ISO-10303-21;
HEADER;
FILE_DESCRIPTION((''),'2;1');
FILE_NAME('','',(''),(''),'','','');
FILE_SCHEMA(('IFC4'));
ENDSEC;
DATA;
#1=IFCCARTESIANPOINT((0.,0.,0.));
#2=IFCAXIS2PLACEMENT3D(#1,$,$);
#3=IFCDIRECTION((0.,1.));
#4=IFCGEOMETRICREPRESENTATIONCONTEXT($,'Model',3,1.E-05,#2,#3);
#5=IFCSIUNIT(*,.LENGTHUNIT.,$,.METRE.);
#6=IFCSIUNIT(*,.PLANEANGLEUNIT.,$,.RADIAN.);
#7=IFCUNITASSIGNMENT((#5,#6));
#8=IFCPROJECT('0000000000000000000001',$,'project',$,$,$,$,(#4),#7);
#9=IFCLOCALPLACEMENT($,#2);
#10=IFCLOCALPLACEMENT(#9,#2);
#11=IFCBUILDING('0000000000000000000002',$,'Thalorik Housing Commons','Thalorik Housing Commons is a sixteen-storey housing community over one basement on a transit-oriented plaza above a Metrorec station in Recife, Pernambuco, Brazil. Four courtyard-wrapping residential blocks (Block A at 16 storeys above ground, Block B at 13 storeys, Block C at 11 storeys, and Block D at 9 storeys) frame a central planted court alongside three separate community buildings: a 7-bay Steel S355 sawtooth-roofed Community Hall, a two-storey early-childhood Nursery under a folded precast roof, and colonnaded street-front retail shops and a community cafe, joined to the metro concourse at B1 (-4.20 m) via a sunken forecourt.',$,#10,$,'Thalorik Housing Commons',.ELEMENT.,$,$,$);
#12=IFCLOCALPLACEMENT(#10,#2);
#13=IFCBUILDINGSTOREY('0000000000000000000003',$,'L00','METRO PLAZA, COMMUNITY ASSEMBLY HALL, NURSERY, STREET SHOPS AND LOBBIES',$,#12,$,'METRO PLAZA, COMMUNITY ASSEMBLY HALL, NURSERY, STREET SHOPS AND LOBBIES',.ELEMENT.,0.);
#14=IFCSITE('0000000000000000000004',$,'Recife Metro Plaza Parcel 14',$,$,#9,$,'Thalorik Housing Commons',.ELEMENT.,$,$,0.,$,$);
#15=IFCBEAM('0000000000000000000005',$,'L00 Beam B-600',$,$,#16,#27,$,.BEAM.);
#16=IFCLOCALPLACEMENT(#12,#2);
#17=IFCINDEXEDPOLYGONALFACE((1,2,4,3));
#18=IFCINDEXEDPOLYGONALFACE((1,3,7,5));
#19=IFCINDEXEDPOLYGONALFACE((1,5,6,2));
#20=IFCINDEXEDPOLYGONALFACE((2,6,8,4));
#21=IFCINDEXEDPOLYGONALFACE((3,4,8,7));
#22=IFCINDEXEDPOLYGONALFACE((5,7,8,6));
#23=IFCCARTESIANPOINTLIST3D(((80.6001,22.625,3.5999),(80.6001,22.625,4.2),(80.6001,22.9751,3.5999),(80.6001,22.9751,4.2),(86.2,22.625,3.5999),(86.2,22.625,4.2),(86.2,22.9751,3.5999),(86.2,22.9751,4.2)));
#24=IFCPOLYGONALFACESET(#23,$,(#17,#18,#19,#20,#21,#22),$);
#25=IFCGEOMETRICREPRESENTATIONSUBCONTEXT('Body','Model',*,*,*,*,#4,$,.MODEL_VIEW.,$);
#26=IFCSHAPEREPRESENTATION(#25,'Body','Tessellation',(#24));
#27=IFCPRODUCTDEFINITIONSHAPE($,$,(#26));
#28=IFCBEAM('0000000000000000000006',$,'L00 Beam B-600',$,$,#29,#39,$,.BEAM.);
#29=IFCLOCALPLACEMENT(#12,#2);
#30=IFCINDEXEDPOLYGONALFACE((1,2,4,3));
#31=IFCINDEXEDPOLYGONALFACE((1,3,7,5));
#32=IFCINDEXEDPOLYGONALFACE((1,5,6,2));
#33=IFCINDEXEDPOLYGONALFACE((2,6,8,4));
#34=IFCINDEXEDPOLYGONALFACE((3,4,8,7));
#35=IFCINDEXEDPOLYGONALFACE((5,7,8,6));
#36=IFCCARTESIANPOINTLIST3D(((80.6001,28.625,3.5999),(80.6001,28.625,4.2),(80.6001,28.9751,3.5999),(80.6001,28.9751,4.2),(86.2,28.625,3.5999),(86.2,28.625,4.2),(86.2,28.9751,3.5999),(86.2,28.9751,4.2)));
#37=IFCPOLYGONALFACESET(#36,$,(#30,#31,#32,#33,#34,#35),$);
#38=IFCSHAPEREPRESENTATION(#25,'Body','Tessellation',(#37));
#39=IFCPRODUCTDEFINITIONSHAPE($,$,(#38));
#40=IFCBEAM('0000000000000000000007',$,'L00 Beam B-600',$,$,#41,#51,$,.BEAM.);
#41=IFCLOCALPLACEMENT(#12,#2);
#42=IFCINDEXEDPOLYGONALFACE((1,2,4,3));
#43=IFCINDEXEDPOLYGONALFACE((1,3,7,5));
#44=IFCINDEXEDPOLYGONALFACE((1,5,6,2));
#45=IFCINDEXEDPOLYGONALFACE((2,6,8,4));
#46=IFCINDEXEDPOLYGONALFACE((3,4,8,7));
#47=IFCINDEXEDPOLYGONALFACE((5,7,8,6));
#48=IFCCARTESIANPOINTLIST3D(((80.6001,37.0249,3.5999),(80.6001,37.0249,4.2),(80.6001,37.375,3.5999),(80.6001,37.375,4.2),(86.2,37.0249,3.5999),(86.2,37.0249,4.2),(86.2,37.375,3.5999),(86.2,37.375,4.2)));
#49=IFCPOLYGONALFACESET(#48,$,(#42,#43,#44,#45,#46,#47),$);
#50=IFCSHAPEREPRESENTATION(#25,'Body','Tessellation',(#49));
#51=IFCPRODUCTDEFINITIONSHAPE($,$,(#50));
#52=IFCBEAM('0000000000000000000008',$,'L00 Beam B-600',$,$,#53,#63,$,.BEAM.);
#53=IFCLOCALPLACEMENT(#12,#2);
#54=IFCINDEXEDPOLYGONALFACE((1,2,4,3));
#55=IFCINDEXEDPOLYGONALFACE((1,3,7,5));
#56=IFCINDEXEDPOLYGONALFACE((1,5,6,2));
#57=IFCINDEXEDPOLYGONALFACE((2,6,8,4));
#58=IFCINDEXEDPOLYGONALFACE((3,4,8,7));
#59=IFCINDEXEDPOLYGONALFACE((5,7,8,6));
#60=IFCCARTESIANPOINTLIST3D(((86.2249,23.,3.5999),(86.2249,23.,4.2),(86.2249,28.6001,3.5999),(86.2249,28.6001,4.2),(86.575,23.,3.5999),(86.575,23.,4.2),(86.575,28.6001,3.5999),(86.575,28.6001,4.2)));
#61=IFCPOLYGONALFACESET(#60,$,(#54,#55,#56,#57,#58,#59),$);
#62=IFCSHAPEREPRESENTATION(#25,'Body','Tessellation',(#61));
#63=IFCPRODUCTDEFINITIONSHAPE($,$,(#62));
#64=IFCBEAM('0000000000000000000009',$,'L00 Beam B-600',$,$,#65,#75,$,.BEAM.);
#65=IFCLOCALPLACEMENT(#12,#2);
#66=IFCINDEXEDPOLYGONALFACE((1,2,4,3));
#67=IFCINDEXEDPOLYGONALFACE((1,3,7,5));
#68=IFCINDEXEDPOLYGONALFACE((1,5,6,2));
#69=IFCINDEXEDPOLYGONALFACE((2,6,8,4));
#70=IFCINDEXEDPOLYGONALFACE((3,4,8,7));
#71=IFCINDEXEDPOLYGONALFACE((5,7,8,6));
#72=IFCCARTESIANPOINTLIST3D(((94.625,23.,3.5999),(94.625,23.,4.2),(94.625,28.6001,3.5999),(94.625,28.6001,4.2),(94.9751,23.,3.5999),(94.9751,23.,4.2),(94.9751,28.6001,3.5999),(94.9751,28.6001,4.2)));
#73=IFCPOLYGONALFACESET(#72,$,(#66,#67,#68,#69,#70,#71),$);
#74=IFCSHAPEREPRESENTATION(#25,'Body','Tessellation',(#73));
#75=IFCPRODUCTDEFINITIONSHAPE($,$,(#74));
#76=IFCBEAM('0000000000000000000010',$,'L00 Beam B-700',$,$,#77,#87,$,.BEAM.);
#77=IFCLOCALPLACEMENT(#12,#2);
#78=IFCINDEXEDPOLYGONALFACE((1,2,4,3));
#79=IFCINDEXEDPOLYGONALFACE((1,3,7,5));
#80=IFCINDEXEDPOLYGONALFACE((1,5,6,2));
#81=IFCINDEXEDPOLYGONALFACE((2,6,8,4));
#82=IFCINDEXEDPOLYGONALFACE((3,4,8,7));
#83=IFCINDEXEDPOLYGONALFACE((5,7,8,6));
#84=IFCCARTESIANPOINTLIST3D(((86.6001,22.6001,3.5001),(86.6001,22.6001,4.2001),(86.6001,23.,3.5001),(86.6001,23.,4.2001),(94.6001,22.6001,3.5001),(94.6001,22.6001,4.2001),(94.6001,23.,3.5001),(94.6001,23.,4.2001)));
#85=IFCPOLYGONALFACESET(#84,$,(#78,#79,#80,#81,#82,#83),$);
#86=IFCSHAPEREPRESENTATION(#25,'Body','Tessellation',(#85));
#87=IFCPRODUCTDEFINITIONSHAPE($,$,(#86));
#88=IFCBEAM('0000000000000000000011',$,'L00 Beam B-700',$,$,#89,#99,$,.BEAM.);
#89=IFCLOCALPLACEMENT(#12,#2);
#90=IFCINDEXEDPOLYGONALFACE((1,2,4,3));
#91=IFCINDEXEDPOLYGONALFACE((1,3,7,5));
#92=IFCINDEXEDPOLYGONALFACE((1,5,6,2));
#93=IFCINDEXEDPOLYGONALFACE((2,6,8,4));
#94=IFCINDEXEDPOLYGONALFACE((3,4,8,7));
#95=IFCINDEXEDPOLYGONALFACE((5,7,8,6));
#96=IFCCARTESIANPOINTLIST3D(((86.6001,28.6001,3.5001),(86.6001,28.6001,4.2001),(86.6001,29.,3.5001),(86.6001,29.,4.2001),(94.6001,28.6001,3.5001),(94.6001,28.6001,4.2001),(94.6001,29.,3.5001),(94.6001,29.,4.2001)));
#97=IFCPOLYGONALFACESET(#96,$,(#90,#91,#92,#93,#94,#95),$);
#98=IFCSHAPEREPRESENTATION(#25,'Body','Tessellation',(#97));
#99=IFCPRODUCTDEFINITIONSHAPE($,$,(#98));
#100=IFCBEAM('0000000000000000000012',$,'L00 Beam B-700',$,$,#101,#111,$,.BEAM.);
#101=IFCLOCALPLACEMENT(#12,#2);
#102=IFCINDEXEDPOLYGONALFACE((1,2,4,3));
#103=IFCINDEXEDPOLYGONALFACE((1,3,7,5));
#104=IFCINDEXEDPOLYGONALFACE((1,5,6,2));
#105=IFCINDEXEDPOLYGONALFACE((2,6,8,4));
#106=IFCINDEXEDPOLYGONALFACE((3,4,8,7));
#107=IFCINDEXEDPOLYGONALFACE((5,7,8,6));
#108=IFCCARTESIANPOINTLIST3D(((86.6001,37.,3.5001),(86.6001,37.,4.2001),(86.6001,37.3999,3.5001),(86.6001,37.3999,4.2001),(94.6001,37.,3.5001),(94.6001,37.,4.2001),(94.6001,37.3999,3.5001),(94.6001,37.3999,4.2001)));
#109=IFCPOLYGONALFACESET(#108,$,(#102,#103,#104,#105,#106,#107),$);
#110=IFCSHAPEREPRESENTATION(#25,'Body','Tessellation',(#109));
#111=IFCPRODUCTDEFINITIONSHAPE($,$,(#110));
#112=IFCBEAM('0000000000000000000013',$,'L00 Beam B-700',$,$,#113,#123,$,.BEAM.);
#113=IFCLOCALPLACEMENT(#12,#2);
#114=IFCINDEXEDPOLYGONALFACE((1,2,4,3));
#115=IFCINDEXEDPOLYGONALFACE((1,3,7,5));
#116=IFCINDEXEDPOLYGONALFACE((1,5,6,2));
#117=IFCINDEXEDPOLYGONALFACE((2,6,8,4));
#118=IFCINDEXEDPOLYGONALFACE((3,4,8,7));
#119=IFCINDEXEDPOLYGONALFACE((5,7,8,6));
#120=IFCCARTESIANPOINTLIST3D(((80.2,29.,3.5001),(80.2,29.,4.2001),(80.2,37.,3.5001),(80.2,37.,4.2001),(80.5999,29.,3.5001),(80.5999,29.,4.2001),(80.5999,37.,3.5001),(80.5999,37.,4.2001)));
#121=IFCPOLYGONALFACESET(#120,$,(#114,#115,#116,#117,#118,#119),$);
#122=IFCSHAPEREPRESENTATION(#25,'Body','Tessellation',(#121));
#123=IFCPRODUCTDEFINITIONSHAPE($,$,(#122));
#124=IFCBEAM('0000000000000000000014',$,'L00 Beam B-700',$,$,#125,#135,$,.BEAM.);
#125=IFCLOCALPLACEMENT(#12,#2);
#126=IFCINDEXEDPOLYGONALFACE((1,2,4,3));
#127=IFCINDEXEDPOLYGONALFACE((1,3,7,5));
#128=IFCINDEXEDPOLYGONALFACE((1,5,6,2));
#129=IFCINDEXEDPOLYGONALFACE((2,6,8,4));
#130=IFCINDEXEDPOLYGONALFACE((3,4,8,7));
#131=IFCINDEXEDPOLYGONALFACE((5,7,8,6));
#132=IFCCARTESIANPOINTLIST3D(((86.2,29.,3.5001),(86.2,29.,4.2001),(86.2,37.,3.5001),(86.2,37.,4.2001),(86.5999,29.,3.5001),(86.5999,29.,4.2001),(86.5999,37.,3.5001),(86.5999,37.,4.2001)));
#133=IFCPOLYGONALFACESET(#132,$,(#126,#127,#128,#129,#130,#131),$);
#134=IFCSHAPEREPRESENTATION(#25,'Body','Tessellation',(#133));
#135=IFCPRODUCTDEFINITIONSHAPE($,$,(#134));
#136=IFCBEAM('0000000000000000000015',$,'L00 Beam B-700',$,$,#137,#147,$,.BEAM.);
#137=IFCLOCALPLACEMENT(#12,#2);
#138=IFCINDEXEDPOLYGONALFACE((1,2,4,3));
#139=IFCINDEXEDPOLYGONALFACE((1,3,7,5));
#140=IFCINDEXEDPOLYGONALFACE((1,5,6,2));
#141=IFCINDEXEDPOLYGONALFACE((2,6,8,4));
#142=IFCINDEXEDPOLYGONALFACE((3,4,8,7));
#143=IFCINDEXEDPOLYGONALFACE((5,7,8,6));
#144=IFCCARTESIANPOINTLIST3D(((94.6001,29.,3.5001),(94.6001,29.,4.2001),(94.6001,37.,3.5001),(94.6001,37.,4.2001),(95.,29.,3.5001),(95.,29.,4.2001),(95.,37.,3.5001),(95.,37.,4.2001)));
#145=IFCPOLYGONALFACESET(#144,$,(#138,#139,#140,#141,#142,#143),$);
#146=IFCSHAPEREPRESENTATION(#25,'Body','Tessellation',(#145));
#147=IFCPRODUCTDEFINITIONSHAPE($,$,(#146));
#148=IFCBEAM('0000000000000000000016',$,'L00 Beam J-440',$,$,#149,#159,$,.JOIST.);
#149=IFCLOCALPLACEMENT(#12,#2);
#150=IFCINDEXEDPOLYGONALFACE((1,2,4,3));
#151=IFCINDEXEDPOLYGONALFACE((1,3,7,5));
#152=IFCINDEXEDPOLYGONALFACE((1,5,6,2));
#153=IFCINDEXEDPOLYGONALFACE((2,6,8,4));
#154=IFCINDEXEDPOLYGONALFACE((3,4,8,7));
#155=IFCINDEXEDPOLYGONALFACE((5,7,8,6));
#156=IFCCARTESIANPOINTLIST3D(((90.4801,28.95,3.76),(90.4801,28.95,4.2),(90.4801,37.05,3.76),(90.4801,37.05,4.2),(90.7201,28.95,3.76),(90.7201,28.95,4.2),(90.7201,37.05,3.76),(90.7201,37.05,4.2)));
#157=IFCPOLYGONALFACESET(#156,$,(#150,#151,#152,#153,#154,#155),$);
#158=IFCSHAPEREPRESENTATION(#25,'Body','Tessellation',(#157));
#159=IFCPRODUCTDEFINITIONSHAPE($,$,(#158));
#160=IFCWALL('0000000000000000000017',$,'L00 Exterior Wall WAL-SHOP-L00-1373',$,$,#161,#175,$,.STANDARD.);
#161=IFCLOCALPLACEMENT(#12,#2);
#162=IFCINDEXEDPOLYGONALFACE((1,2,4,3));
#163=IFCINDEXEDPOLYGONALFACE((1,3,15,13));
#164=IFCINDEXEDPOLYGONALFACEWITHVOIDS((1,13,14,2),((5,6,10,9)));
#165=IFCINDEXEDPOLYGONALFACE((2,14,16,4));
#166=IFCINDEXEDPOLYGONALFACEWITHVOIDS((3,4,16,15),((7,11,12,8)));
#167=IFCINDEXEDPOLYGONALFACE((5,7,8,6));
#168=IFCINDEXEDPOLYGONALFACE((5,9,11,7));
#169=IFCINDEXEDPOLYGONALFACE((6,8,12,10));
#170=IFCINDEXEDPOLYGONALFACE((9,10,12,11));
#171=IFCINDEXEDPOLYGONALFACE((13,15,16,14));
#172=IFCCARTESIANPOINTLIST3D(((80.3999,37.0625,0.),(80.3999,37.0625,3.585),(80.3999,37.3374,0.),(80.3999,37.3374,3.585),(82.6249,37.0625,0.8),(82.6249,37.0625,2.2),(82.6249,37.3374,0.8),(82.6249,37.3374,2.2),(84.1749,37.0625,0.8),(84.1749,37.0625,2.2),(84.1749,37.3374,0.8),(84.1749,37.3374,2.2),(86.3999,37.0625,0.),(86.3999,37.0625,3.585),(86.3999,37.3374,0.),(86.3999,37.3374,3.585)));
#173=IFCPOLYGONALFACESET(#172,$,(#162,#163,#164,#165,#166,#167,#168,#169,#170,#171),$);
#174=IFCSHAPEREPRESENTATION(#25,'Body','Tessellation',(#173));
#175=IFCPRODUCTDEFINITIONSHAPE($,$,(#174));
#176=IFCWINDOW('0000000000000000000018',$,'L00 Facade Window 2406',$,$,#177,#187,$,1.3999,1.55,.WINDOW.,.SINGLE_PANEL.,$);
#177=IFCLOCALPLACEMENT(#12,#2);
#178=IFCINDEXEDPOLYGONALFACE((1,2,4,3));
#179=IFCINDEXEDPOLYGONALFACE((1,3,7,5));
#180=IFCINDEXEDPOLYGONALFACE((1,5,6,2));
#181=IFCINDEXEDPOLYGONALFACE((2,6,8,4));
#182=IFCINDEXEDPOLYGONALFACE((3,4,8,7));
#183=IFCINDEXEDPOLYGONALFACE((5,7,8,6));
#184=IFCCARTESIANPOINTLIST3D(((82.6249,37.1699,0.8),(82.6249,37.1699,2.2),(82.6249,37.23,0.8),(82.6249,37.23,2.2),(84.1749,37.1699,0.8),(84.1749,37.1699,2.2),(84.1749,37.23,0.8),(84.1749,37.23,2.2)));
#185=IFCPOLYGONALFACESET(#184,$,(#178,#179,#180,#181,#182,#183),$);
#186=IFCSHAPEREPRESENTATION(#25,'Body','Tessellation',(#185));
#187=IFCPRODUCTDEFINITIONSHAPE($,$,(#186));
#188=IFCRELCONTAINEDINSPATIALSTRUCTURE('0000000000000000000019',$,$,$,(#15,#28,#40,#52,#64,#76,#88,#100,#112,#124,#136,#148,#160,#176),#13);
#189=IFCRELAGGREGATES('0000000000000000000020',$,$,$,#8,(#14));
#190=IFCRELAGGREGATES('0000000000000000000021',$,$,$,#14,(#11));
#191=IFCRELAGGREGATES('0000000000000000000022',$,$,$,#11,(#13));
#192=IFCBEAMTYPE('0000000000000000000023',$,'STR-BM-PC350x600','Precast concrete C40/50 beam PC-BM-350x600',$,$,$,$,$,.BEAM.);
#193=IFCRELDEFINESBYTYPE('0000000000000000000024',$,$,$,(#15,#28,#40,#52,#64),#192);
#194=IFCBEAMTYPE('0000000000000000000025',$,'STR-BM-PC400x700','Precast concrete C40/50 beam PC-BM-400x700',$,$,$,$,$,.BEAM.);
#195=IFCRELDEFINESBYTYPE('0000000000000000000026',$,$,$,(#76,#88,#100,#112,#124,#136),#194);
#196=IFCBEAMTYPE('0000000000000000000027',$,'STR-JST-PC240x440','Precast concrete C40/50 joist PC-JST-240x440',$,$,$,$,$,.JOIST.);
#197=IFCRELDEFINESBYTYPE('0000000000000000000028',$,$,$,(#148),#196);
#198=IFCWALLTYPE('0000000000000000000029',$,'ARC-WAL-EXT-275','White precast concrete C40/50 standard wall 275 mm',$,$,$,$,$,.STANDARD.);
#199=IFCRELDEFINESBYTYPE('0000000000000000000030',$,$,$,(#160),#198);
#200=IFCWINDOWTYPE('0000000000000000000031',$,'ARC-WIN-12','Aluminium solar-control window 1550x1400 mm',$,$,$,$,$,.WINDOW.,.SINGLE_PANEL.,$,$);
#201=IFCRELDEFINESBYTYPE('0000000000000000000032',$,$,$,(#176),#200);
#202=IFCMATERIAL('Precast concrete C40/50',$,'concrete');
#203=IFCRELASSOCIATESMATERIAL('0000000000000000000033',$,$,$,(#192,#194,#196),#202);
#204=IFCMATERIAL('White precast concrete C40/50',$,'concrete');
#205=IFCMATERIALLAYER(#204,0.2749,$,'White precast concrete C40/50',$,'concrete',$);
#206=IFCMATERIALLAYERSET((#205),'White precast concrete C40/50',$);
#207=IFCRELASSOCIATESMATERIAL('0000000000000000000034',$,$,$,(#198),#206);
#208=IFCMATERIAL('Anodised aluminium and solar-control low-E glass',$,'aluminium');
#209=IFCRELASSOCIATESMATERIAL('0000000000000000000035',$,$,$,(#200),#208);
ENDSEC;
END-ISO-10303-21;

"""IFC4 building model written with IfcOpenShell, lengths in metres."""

from ifc_helpers import new_model, si_unit, direction, frame, frame_2d, origin, origin_2d, place, context, subcontext, project, spatial, rectangle, extrude, material, layer, layer_set, material_profile, profile_set, type_object, element, fill, save


model = new_model("IFC4")

# Units and contexts
model_context = context("Model", 3, precision=1e-05, world=origin(), true_north=direction((0.0, 1.0)))
body_context = subcontext(model_context, "Body", "Model", "MODEL_VIEW")
ifc_project = project(units=[si_unit("LENGTHUNIT", "METRE"), si_unit("PLANEANGLEUNIT", "RADIAN")], contexts=[model_context])

# Site, building, storey
site_placement = place(None, origin())
site = spatial("IfcSite", under=ifc_project, at=site_placement, Name="Recife Metro Plaza Parcel 14", LongName="Thalorik Housing Commons", CompositionType="ELEMENT", RefElevation=0.0)
building_placement = place(site_placement, origin())
building = spatial("IfcBuilding", under=site, at=building_placement, Name="Thalorik Housing Commons", Description="Thalorik Housing Commons is a sixteen-storey housing community over one basement on a transit-oriented plaza above a Metrorec station in Recife, Pernambuco, Brazil. Four courtyard-wrapping residential blocks (Block A at 16 storeys above ground, Block B at 13 storeys, Block C at 11 storeys, and Block D at 9 storeys) frame a central planted court alongside three separate community buildings: a 7-bay Steel S355 sawtooth-roofed Community Hall, a two-storey early-childhood Nursery under a folded precast roof, and colonnaded street-front retail shops and a community cafe, joined to the metro concourse at B1 (-4.20 m) via a sunken forecourt.", LongName="Thalorik Housing Commons", CompositionType="ELEMENT")
storey_placement = place(building_placement, origin())
storey = spatial("IfcBuildingStorey", under=building, at=storey_placement, Name="L00", Description="METRO PLAZA, COMMUNITY ASSEMBLY HALL, NURSERY, STREET SHOPS AND LOBBIES", LongName="METRO PLAZA, COMMUNITY ASSEMBLY HALL, NURSERY, STREET SHOPS AND LOBBIES", CompositionType="ELEMENT", Elevation=0.0)

# Shared definitions
ifc_material_1 = material(Name="Precast concrete C40/50", Category="concrete")

# Beams
ifc_material_profile_1 = material_profile(ifc_material_1, rectangle(XDim=0.3501, YDim=0.6001, at=origin_2d()), Name="PC 350x600", Category="concrete")
ifc_profile_set_1 = profile_set([ifc_material_profile_1], Name="Precast concrete C40/50")
beam_type_1 = type_object("IfcBeamType", Name="STR-BM-PC350x600", Description="Precast concrete C40/50 beam PC-BM-350x600", PredefinedType="BEAM", material=ifc_profile_set_1)
for number, where, z_axis, x_axis, name in (
    (1, (80.6001, 22.8, 3.8999), (1.0, 0.0, 0.0), (0.0, 1.0, 0.0), "L00 Beam B-600"),
    (2, (80.6001, 28.8, 3.8999), (1.0, 0.0, 0.0), (0.0, 1.0, 0.0), "L00 Beam B-600"),
    (3, (80.6001, 37.2, 3.8999), (1.0, 0.0, 0.0), (0.0, 1.0, 0.0), "L00 Beam B-600"),
):
    element("IfcBeam", number, at=place(storey_placement, frame(where, z_axis=z_axis, x_axis=x_axis)), inside=storey, type_object=beam_type_1, Name=name, PredefinedType="BEAM", context=body_context, shape_type="SweptSolid", body=[
        extrude(rectangle(XDim=0.3501, YDim=0.6001, at=origin_2d()), origin(), (0.0, 0.0, 1.0), 5.5999),
    ])
for number, where, z_axis, x_axis, name in (
    (4, (86.3999, 23.0, 3.8999), (0.0, 1.0, 0.0), (-1.0, 0.0, 0.0), "L00 Beam B-600"),
    (5, (94.8, 23.0, 3.8999), (0.0, 1.0, 0.0), (-1.0, 0.0, 0.0), "L00 Beam B-600"),
):
    element("IfcBeam", number, at=place(storey_placement, frame(where, z_axis=z_axis, x_axis=x_axis)), inside=storey, type_object=beam_type_1, Name=name, PredefinedType="BEAM", context=body_context, shape_type="SweptSolid", body=[
        extrude(rectangle(XDim=0.3501, YDim=0.6001, at=origin_2d()), origin(), (0.0, 0.0, 1.0), 5.6001),
    ])
ifc_material_profile_2 = material_profile(ifc_material_1, rectangle(XDim=0.3999, YDim=0.7, at=origin_2d()), Name="PC 400x700", Category="concrete")
ifc_profile_set_2 = profile_set([ifc_material_profile_2], Name="Precast concrete C40/50")
beam_type_2 = type_object("IfcBeamType", Name="STR-BM-PC400x700", Description="Precast concrete C40/50 beam PC-BM-400x700", PredefinedType="BEAM", material=ifc_profile_set_2)
for number, where, z_axis, x_axis, name in (
    (6, (86.6001, 22.8, 3.8501), (1.0, 0.0, 0.0), (0.0, 1.0, 0.0), "L00 Beam B-700"),
    (7, (86.6001, 28.8, 3.8501), (1.0, 0.0, 0.0), (0.0, 1.0, 0.0), "L00 Beam B-700"),
    (8, (86.6001, 37.2, 3.8501), (1.0, 0.0, 0.0), (0.0, 1.0, 0.0), "L00 Beam B-700"),
    (9, (80.3999, 29.0, 3.8501), (0.0, 1.0, 0.0), (-1.0, 0.0, 0.0), "L00 Beam B-700"),
    (10, (86.3999, 29.0, 3.8501), (0.0, 1.0, 0.0), (-1.0, 0.0, 0.0), "L00 Beam B-700"),
    (11, (94.8, 29.0, 3.8501), (0.0, 1.0, 0.0), (-1.0, 0.0, 0.0), "L00 Beam B-700"),
):
    element("IfcBeam", number, at=place(storey_placement, frame(where, z_axis=z_axis, x_axis=x_axis)), inside=storey, type_object=beam_type_2, Name=name, PredefinedType="BEAM", context=body_context, shape_type="SweptSolid", body=[
        extrude(rectangle(XDim=0.3999, YDim=0.7, at=origin_2d()), origin(), (0.0, 0.0, 1.0), 8.0),
    ])
ifc_material_profile_3 = material_profile(ifc_material_1, rectangle(XDim=0.24, YDim=0.4399, at=origin_2d()), Name="PC JST 240x440", Category="concrete")
ifc_profile_set_3 = profile_set([ifc_material_profile_3], Name="Precast concrete C40/50")
beam_type_3 = type_object("IfcBeamType", Name="STR-JST-PC240x440", Description="Precast concrete C40/50 joist PC-JST-240x440", PredefinedType="JOIST", material=ifc_profile_set_3)
beam_placement = place(storey_placement, frame((90.6001, 28.95, 3.98), z_axis=(0.0, 1.0, 0.0), x_axis=(-1.0, 0.0, 0.0)))
element("IfcBeam", 12, at=beam_placement, inside=storey, type_object=beam_type_3, Name="L00 Beam J-440", PredefinedType="JOIST", context=body_context, shape_type="SweptSolid", body=[
    extrude(rectangle(XDim=0.24, YDim=0.4399, at=origin_2d()), origin(), (0.0, 0.0, 1.0), 8.1001),
])

# Wall, opening, window
ifc_material_2 = material(Name="White precast concrete C40/50", Category="concrete")
ifc_layer_1 = layer(ifc_material_2, 0.2749, Name="White precast concrete C40/50", Category="concrete")
ifc_layer_set_1 = layer_set([ifc_layer_1], Name="White precast concrete C40/50")
wall_type_1 = type_object("IfcWallType", Name="ARC-WAL-EXT-275", Description="White precast concrete C40/50 standard wall 275 mm", PredefinedType="STANDARD", material=ifc_layer_set_1)
wall_1_placement = place(storey_placement, frame((86.3999, 37.2, 0.0), z_axis=(0.0, 0.0, 1.0), x_axis=(-1.0, 0.0, 0.0)))
wall_1 = element("IfcWall", 13, at=wall_1_placement, inside=storey, type_object=wall_type_1, Name="L00 Exterior Wall WAL-SHOP-L00-1373", PredefinedType="STANDARD", context=body_context, shape_type="SweptSolid", body=[
    extrude(rectangle(XDim=6.0, YDim=0.2749, at=frame_2d((3.0, 0.0))), origin(), (0.0, 0.0, 1.0), 3.585),
])
opening_1_placement = place(wall_1_placement, frame((2.2251, 0.0, 0.8)))
opening_1 = element("IfcOpeningElement", 14, at=opening_1_placement, cuts=wall_1, PredefinedType="OPENING", context=body_context, shape_type="SweptSolid", body=[
    extrude(rectangle(XDim=1.55, YDim=1.3999, at=frame_2d((0.7749, 0.7))), frame((0.0, 0.1475, 0.0), z_axis=(0.0, -1.0, 0.0), x_axis=(1.0, 0.0, 0.0)), (0.0, 0.0, 1.0), 0.2949),
])
ifc_material_3 = material(Name="Anodised aluminium and solar-control low-E glass", Category="aluminium")
window_type = type_object("IfcWindowType", Name="ARC-WIN-12", Description="Aluminium solar-control window 1550x1400 mm", PartitioningType="SINGLE_PANEL", PredefinedType="WINDOW", material=ifc_material_3)
window_placement = place(opening_1_placement, origin())
window = element("IfcWindow", 15, at=window_placement, inside=storey, type_object=window_type, Name="L00 Facade Window 2406", OverallHeight=1.3999, OverallWidth=1.55, PartitioningType="SINGLE_PANEL", PredefinedType="WINDOW", context=body_context, shape_type="SweptSolid", body=[
    extrude(rectangle(XDim=1.55, YDim=1.3999, at=frame_2d((0.7749, 0.7))), frame((0.0, 0.03, 0.0), z_axis=(0.0, -1.0, 0.0), x_axis=(1.0, 0.0, 0.0)), (0.0, 0.0, 1.0), 0.0601),
])
fill(opening_1, window)

save(model, "model.ifc")
